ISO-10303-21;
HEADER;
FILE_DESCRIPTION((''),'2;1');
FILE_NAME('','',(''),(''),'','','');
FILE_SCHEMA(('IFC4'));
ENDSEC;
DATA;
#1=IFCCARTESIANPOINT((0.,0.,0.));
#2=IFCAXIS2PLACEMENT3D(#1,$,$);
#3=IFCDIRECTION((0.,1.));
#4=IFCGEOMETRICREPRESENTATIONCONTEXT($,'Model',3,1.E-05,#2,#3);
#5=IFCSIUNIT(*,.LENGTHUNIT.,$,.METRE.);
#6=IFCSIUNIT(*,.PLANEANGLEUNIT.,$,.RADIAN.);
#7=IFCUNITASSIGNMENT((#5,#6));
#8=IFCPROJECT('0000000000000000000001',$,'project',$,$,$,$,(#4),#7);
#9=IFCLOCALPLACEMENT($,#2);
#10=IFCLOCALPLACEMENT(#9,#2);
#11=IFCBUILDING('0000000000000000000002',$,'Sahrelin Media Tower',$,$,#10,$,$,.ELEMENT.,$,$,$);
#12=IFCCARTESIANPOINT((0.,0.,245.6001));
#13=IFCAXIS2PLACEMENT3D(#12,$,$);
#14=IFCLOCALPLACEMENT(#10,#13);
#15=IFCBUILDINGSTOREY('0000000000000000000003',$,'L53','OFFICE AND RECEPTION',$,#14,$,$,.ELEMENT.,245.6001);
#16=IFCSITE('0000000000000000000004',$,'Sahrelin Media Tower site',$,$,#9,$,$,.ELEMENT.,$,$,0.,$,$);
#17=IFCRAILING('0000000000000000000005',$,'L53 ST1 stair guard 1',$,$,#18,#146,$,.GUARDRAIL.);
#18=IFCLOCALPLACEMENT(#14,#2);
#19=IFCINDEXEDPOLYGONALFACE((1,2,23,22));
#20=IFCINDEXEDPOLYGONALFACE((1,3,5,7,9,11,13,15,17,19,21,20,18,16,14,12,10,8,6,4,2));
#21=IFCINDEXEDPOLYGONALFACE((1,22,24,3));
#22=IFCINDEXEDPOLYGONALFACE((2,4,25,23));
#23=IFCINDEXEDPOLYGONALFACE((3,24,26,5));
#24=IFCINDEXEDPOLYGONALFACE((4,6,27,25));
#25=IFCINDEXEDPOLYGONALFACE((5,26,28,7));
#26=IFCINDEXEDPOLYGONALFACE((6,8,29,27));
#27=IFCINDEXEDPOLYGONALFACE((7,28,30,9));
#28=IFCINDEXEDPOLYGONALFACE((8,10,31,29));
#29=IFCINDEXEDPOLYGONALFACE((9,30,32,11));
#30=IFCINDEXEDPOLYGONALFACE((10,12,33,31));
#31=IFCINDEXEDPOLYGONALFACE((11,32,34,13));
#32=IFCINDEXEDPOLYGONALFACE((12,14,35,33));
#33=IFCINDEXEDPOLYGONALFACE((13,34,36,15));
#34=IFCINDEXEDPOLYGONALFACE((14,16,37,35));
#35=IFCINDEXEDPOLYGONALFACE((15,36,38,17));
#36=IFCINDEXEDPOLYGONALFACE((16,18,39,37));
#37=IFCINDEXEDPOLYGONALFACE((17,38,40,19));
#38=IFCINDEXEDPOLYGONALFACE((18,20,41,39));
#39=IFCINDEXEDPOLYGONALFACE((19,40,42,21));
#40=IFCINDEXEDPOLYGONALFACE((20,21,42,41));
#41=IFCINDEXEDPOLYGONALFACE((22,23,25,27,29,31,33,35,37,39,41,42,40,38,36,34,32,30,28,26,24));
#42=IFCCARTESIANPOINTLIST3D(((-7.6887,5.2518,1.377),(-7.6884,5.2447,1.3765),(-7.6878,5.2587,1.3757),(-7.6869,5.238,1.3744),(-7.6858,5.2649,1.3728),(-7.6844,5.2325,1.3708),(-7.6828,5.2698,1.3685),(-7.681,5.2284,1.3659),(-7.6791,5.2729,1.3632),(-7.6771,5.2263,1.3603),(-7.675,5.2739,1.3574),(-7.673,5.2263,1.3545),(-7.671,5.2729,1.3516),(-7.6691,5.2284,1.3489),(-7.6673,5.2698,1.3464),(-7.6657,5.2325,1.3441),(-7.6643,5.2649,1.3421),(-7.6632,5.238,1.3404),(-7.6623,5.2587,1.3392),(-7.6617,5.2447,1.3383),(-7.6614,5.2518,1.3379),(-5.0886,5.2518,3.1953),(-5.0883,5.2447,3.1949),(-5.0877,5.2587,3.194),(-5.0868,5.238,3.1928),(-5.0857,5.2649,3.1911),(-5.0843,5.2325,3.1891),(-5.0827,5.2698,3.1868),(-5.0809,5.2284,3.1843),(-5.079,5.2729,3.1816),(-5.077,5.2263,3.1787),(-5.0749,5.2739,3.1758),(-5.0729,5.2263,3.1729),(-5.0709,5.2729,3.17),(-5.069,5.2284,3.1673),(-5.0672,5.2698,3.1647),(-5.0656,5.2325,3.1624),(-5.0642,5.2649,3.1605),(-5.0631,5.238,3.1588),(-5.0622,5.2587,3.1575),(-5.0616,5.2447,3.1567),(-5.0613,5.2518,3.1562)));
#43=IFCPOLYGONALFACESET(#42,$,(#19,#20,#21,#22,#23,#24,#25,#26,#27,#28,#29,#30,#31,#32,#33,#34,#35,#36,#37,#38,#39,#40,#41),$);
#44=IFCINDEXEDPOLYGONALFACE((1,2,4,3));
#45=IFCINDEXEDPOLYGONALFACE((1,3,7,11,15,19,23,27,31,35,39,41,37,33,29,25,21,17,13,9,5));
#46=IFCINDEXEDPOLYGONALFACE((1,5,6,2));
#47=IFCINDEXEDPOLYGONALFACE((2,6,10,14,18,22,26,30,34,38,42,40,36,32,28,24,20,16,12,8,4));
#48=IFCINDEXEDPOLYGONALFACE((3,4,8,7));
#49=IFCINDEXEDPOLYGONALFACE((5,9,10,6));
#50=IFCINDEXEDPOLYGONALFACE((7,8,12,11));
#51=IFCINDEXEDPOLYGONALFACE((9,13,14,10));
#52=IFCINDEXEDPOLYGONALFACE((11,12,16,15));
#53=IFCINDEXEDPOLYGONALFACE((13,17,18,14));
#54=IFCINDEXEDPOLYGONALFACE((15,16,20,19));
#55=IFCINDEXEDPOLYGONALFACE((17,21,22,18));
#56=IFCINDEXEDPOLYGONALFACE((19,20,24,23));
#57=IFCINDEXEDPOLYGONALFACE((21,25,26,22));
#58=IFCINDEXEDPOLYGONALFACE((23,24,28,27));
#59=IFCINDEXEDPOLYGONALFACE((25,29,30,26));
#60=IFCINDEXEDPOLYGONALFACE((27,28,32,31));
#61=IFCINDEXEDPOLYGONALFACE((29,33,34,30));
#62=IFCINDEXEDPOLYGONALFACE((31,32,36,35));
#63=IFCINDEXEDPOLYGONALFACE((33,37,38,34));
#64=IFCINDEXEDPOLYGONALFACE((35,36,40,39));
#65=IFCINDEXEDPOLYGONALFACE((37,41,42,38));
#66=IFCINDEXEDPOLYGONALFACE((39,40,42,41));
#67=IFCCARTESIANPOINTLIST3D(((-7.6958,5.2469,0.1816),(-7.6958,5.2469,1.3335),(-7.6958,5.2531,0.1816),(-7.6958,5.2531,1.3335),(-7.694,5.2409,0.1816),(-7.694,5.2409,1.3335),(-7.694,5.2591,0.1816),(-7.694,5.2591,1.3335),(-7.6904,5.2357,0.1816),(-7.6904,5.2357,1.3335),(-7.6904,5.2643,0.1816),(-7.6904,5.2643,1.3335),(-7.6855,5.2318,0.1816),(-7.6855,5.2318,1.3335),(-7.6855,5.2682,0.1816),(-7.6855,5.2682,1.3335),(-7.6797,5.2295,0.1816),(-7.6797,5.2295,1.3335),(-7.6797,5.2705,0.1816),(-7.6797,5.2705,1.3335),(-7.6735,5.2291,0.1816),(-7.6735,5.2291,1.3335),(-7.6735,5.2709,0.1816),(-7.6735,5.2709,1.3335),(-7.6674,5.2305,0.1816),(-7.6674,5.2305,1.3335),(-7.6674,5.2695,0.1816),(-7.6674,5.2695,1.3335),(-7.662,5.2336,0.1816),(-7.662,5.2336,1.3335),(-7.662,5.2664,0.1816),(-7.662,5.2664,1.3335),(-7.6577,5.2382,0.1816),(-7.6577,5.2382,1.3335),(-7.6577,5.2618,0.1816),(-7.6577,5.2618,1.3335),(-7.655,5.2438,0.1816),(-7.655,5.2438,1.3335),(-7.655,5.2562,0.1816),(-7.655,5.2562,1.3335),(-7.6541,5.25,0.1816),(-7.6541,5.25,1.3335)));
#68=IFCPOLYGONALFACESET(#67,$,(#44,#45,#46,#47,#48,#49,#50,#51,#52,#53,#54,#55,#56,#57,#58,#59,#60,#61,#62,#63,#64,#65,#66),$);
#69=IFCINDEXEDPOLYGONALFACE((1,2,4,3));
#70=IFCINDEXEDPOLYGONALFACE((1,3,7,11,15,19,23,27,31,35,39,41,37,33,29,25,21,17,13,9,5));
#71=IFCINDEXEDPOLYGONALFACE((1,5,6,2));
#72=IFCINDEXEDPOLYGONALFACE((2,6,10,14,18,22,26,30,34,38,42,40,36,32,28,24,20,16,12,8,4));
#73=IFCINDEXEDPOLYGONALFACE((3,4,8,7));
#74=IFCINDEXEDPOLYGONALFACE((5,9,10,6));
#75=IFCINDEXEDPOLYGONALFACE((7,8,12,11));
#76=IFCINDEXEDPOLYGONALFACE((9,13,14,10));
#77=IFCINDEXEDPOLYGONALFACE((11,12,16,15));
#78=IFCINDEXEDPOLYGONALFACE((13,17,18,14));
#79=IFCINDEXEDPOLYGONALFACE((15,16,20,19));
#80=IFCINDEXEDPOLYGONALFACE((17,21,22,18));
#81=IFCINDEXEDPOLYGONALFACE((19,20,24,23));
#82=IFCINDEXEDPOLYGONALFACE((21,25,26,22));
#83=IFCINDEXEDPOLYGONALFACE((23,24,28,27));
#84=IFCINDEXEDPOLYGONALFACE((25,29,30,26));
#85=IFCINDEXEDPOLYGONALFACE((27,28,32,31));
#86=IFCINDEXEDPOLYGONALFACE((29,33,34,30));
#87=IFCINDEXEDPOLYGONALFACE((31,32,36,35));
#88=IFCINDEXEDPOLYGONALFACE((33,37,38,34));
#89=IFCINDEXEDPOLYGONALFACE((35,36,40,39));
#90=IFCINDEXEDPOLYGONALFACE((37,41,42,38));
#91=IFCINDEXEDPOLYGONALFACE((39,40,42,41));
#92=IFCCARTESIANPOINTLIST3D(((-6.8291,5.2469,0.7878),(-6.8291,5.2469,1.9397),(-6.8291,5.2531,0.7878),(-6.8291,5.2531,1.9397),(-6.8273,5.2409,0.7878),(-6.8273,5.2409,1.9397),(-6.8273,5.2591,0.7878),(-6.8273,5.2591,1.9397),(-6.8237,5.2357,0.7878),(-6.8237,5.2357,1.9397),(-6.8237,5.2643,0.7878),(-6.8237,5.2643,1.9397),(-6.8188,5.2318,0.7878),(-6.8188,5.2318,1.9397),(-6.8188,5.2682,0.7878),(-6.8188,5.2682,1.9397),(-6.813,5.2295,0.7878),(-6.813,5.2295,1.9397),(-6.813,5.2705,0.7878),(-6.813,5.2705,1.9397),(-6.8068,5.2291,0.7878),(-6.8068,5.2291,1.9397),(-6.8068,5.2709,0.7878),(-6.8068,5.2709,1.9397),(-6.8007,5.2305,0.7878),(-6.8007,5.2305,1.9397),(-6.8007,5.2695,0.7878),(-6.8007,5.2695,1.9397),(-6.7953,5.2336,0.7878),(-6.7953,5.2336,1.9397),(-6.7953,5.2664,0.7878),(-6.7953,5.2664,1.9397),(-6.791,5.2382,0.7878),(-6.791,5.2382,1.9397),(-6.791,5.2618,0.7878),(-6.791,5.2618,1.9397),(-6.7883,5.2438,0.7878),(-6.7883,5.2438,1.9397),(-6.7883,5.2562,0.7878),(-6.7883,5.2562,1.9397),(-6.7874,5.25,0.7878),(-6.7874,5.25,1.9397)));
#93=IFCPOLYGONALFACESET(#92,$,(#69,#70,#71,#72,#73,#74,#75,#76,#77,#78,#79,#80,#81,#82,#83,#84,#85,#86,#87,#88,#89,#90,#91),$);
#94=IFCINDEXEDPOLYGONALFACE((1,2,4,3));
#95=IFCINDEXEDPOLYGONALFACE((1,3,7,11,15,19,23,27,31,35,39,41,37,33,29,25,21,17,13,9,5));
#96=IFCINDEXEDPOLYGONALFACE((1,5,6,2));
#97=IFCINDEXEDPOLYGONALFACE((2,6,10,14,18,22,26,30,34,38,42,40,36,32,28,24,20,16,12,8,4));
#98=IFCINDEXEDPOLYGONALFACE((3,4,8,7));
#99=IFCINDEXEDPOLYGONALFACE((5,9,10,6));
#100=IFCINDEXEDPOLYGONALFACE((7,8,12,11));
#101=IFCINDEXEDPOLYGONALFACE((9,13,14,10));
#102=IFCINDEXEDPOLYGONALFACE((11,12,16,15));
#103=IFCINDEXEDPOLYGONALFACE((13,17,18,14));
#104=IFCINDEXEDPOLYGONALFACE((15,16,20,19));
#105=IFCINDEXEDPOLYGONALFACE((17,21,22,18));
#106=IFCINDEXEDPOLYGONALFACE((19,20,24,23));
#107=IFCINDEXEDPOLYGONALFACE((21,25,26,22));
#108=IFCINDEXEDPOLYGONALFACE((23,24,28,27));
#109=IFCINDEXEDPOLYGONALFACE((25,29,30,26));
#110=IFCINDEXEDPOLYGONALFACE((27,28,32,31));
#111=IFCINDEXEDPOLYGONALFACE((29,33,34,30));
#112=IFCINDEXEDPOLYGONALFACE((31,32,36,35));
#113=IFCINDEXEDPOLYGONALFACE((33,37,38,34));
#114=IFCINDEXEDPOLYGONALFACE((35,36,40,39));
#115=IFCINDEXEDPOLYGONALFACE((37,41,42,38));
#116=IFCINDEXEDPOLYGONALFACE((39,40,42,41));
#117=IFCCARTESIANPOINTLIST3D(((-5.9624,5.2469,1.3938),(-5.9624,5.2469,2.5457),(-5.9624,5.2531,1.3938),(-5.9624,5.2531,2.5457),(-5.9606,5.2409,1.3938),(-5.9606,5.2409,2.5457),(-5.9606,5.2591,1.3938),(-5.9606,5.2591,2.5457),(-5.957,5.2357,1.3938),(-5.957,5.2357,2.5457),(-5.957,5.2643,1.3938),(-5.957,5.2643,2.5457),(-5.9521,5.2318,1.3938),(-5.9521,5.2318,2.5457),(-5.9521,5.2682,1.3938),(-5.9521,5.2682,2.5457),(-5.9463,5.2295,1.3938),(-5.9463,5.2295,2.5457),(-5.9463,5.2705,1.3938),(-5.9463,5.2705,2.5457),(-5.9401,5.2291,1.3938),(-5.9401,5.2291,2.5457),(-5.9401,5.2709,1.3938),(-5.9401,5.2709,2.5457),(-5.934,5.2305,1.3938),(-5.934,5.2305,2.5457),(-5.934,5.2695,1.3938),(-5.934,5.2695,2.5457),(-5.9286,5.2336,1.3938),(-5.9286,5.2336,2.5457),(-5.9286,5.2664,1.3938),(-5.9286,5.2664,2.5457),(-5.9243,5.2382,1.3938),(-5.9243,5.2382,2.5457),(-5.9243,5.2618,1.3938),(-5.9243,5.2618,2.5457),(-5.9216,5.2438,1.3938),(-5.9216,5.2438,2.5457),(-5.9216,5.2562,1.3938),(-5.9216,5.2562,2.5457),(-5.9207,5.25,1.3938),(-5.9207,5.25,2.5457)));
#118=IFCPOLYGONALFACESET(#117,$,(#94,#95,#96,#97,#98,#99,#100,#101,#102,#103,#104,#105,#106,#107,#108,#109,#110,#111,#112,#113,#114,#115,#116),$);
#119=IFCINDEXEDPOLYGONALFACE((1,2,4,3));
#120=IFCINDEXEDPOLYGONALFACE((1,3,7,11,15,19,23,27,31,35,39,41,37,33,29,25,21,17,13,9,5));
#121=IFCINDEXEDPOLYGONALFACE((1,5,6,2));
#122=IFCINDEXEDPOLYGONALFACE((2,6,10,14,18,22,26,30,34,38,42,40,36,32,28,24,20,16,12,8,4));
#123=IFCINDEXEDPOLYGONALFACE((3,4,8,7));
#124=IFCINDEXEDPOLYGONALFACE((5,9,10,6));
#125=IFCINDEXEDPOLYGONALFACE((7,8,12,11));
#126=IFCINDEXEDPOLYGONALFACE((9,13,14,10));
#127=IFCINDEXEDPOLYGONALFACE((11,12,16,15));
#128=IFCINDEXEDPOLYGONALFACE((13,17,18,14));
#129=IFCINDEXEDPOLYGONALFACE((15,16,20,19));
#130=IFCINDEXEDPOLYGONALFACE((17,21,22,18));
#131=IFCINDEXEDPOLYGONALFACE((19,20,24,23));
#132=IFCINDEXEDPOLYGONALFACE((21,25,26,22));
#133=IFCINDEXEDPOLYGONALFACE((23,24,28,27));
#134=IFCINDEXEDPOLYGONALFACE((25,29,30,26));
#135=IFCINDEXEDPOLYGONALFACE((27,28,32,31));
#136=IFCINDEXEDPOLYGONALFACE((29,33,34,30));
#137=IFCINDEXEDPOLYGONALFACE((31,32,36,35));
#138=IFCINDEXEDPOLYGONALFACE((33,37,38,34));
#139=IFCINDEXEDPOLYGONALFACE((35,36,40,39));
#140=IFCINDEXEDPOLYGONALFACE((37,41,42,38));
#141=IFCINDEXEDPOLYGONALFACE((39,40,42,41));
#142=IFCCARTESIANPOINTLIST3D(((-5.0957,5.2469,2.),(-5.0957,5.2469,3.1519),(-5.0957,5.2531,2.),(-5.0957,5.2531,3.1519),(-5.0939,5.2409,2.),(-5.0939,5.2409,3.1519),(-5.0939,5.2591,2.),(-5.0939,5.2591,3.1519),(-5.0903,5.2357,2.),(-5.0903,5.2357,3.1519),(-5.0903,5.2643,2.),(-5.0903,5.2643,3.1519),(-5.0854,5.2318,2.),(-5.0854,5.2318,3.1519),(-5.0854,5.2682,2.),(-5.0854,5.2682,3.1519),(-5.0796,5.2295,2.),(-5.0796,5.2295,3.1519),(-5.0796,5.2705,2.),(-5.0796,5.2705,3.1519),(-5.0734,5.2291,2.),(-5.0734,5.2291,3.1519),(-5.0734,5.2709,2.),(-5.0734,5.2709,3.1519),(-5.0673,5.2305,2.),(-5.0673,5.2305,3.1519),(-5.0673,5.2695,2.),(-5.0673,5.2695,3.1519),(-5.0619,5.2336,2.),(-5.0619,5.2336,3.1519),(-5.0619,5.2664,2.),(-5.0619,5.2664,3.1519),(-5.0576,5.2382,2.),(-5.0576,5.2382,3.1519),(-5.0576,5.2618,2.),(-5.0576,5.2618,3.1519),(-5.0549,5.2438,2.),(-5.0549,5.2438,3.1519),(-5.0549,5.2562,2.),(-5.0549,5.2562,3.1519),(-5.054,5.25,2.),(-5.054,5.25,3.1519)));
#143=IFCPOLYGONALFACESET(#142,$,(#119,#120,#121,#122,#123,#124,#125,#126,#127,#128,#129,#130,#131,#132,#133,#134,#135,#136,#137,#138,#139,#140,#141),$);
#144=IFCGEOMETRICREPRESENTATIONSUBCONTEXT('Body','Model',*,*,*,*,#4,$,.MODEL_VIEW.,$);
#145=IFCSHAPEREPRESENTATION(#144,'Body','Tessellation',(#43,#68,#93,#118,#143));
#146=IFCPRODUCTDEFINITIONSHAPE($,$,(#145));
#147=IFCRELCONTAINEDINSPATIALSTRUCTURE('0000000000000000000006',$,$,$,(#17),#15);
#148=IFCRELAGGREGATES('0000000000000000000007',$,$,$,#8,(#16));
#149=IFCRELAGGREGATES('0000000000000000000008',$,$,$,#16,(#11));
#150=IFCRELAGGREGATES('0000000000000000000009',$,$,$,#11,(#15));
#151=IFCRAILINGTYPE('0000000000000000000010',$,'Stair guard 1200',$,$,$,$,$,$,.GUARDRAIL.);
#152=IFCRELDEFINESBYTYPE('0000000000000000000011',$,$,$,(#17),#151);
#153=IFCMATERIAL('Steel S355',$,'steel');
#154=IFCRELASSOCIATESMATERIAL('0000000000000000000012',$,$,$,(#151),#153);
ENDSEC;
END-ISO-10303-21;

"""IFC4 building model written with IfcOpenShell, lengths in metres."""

from ifc_helpers import new_model, si_unit, direction, frame, origin, origin_2d, place, context, subcontext, project, spatial, circle, extrude, material, type_object, element, save


model = new_model("IFC4")

# Units and contexts
model_context = context("Model", 3, precision=1e-05, world=origin(), true_north=direction((0.0, 1.0)))
body_context = subcontext(model_context, "Body", "Model", "MODEL_VIEW")
ifc_project = project(units=[si_unit("LENGTHUNIT", "METRE"), si_unit("PLANEANGLEUNIT", "RADIAN")], contexts=[model_context])

# Site, building, storey
site_placement = place(None, origin())
site = spatial("IfcSite", under=ifc_project, at=site_placement, Name="Sahrelin Media Tower site", CompositionType="ELEMENT", RefElevation=0.0)
building_placement = place(site_placement, origin())
building = spatial("IfcBuilding", under=site, at=building_placement, Name="Sahrelin Media Tower", CompositionType="ELEMENT")
storey_placement = place(building_placement, frame((0.0, 0.0, 245.6001)))
storey = spatial("IfcBuildingStorey", under=building, at=storey_placement, Name="L53", Description="OFFICE AND RECEPTION", CompositionType="ELEMENT", Elevation=245.6001)

# Shared definitions
ifc_material_1 = material(Name="Steel S355", Category="steel")

# Railing
railing_type_1 = type_object("IfcRailingType", Name="Stair guard 1200", PredefinedType="GUARDRAIL", material=ifc_material_1)
railing_1_placement = place(storey_placement, frame((-7.675, 5.25, 0.1816)))
element("IfcRailing", 1, at=railing_1_placement, inside=storey, type_object=railing_type_1, Name="L53 ST1 stair guard 1", PredefinedType="GUARDRAIL", context=body_context, shape_type="SweptSolid", body=[
    extrude(circle(Radius=0.0239, at=origin_2d()), frame((0.0, 0.0, 1.1758), z_axis=(0.819485, 0.0, 0.573101), x_axis=(0.0, 1.0, 0.0)), (0.0, 0.0, 1.0), 3.1729),
    extrude(circle(Radius=0.021, at=origin_2d()), origin(), (0.0, 0.0, 1.0), 1.1519),
    extrude(circle(Radius=0.021, at=origin_2d()), frame((0.8667, 0.0, 0.6062)), (0.0, 0.0, 1.0), 1.1519),
    extrude(circle(Radius=0.021, at=origin_2d()), frame((1.7334, 0.0, 1.2122)), (0.0, 0.0, 1.0), 1.1519),
    extrude(circle(Radius=0.021, at=origin_2d()), frame((2.6001, 0.0, 1.8184)), (0.0, 0.0, 1.0), 1.1519),
])

save(model, "model.ifc")
